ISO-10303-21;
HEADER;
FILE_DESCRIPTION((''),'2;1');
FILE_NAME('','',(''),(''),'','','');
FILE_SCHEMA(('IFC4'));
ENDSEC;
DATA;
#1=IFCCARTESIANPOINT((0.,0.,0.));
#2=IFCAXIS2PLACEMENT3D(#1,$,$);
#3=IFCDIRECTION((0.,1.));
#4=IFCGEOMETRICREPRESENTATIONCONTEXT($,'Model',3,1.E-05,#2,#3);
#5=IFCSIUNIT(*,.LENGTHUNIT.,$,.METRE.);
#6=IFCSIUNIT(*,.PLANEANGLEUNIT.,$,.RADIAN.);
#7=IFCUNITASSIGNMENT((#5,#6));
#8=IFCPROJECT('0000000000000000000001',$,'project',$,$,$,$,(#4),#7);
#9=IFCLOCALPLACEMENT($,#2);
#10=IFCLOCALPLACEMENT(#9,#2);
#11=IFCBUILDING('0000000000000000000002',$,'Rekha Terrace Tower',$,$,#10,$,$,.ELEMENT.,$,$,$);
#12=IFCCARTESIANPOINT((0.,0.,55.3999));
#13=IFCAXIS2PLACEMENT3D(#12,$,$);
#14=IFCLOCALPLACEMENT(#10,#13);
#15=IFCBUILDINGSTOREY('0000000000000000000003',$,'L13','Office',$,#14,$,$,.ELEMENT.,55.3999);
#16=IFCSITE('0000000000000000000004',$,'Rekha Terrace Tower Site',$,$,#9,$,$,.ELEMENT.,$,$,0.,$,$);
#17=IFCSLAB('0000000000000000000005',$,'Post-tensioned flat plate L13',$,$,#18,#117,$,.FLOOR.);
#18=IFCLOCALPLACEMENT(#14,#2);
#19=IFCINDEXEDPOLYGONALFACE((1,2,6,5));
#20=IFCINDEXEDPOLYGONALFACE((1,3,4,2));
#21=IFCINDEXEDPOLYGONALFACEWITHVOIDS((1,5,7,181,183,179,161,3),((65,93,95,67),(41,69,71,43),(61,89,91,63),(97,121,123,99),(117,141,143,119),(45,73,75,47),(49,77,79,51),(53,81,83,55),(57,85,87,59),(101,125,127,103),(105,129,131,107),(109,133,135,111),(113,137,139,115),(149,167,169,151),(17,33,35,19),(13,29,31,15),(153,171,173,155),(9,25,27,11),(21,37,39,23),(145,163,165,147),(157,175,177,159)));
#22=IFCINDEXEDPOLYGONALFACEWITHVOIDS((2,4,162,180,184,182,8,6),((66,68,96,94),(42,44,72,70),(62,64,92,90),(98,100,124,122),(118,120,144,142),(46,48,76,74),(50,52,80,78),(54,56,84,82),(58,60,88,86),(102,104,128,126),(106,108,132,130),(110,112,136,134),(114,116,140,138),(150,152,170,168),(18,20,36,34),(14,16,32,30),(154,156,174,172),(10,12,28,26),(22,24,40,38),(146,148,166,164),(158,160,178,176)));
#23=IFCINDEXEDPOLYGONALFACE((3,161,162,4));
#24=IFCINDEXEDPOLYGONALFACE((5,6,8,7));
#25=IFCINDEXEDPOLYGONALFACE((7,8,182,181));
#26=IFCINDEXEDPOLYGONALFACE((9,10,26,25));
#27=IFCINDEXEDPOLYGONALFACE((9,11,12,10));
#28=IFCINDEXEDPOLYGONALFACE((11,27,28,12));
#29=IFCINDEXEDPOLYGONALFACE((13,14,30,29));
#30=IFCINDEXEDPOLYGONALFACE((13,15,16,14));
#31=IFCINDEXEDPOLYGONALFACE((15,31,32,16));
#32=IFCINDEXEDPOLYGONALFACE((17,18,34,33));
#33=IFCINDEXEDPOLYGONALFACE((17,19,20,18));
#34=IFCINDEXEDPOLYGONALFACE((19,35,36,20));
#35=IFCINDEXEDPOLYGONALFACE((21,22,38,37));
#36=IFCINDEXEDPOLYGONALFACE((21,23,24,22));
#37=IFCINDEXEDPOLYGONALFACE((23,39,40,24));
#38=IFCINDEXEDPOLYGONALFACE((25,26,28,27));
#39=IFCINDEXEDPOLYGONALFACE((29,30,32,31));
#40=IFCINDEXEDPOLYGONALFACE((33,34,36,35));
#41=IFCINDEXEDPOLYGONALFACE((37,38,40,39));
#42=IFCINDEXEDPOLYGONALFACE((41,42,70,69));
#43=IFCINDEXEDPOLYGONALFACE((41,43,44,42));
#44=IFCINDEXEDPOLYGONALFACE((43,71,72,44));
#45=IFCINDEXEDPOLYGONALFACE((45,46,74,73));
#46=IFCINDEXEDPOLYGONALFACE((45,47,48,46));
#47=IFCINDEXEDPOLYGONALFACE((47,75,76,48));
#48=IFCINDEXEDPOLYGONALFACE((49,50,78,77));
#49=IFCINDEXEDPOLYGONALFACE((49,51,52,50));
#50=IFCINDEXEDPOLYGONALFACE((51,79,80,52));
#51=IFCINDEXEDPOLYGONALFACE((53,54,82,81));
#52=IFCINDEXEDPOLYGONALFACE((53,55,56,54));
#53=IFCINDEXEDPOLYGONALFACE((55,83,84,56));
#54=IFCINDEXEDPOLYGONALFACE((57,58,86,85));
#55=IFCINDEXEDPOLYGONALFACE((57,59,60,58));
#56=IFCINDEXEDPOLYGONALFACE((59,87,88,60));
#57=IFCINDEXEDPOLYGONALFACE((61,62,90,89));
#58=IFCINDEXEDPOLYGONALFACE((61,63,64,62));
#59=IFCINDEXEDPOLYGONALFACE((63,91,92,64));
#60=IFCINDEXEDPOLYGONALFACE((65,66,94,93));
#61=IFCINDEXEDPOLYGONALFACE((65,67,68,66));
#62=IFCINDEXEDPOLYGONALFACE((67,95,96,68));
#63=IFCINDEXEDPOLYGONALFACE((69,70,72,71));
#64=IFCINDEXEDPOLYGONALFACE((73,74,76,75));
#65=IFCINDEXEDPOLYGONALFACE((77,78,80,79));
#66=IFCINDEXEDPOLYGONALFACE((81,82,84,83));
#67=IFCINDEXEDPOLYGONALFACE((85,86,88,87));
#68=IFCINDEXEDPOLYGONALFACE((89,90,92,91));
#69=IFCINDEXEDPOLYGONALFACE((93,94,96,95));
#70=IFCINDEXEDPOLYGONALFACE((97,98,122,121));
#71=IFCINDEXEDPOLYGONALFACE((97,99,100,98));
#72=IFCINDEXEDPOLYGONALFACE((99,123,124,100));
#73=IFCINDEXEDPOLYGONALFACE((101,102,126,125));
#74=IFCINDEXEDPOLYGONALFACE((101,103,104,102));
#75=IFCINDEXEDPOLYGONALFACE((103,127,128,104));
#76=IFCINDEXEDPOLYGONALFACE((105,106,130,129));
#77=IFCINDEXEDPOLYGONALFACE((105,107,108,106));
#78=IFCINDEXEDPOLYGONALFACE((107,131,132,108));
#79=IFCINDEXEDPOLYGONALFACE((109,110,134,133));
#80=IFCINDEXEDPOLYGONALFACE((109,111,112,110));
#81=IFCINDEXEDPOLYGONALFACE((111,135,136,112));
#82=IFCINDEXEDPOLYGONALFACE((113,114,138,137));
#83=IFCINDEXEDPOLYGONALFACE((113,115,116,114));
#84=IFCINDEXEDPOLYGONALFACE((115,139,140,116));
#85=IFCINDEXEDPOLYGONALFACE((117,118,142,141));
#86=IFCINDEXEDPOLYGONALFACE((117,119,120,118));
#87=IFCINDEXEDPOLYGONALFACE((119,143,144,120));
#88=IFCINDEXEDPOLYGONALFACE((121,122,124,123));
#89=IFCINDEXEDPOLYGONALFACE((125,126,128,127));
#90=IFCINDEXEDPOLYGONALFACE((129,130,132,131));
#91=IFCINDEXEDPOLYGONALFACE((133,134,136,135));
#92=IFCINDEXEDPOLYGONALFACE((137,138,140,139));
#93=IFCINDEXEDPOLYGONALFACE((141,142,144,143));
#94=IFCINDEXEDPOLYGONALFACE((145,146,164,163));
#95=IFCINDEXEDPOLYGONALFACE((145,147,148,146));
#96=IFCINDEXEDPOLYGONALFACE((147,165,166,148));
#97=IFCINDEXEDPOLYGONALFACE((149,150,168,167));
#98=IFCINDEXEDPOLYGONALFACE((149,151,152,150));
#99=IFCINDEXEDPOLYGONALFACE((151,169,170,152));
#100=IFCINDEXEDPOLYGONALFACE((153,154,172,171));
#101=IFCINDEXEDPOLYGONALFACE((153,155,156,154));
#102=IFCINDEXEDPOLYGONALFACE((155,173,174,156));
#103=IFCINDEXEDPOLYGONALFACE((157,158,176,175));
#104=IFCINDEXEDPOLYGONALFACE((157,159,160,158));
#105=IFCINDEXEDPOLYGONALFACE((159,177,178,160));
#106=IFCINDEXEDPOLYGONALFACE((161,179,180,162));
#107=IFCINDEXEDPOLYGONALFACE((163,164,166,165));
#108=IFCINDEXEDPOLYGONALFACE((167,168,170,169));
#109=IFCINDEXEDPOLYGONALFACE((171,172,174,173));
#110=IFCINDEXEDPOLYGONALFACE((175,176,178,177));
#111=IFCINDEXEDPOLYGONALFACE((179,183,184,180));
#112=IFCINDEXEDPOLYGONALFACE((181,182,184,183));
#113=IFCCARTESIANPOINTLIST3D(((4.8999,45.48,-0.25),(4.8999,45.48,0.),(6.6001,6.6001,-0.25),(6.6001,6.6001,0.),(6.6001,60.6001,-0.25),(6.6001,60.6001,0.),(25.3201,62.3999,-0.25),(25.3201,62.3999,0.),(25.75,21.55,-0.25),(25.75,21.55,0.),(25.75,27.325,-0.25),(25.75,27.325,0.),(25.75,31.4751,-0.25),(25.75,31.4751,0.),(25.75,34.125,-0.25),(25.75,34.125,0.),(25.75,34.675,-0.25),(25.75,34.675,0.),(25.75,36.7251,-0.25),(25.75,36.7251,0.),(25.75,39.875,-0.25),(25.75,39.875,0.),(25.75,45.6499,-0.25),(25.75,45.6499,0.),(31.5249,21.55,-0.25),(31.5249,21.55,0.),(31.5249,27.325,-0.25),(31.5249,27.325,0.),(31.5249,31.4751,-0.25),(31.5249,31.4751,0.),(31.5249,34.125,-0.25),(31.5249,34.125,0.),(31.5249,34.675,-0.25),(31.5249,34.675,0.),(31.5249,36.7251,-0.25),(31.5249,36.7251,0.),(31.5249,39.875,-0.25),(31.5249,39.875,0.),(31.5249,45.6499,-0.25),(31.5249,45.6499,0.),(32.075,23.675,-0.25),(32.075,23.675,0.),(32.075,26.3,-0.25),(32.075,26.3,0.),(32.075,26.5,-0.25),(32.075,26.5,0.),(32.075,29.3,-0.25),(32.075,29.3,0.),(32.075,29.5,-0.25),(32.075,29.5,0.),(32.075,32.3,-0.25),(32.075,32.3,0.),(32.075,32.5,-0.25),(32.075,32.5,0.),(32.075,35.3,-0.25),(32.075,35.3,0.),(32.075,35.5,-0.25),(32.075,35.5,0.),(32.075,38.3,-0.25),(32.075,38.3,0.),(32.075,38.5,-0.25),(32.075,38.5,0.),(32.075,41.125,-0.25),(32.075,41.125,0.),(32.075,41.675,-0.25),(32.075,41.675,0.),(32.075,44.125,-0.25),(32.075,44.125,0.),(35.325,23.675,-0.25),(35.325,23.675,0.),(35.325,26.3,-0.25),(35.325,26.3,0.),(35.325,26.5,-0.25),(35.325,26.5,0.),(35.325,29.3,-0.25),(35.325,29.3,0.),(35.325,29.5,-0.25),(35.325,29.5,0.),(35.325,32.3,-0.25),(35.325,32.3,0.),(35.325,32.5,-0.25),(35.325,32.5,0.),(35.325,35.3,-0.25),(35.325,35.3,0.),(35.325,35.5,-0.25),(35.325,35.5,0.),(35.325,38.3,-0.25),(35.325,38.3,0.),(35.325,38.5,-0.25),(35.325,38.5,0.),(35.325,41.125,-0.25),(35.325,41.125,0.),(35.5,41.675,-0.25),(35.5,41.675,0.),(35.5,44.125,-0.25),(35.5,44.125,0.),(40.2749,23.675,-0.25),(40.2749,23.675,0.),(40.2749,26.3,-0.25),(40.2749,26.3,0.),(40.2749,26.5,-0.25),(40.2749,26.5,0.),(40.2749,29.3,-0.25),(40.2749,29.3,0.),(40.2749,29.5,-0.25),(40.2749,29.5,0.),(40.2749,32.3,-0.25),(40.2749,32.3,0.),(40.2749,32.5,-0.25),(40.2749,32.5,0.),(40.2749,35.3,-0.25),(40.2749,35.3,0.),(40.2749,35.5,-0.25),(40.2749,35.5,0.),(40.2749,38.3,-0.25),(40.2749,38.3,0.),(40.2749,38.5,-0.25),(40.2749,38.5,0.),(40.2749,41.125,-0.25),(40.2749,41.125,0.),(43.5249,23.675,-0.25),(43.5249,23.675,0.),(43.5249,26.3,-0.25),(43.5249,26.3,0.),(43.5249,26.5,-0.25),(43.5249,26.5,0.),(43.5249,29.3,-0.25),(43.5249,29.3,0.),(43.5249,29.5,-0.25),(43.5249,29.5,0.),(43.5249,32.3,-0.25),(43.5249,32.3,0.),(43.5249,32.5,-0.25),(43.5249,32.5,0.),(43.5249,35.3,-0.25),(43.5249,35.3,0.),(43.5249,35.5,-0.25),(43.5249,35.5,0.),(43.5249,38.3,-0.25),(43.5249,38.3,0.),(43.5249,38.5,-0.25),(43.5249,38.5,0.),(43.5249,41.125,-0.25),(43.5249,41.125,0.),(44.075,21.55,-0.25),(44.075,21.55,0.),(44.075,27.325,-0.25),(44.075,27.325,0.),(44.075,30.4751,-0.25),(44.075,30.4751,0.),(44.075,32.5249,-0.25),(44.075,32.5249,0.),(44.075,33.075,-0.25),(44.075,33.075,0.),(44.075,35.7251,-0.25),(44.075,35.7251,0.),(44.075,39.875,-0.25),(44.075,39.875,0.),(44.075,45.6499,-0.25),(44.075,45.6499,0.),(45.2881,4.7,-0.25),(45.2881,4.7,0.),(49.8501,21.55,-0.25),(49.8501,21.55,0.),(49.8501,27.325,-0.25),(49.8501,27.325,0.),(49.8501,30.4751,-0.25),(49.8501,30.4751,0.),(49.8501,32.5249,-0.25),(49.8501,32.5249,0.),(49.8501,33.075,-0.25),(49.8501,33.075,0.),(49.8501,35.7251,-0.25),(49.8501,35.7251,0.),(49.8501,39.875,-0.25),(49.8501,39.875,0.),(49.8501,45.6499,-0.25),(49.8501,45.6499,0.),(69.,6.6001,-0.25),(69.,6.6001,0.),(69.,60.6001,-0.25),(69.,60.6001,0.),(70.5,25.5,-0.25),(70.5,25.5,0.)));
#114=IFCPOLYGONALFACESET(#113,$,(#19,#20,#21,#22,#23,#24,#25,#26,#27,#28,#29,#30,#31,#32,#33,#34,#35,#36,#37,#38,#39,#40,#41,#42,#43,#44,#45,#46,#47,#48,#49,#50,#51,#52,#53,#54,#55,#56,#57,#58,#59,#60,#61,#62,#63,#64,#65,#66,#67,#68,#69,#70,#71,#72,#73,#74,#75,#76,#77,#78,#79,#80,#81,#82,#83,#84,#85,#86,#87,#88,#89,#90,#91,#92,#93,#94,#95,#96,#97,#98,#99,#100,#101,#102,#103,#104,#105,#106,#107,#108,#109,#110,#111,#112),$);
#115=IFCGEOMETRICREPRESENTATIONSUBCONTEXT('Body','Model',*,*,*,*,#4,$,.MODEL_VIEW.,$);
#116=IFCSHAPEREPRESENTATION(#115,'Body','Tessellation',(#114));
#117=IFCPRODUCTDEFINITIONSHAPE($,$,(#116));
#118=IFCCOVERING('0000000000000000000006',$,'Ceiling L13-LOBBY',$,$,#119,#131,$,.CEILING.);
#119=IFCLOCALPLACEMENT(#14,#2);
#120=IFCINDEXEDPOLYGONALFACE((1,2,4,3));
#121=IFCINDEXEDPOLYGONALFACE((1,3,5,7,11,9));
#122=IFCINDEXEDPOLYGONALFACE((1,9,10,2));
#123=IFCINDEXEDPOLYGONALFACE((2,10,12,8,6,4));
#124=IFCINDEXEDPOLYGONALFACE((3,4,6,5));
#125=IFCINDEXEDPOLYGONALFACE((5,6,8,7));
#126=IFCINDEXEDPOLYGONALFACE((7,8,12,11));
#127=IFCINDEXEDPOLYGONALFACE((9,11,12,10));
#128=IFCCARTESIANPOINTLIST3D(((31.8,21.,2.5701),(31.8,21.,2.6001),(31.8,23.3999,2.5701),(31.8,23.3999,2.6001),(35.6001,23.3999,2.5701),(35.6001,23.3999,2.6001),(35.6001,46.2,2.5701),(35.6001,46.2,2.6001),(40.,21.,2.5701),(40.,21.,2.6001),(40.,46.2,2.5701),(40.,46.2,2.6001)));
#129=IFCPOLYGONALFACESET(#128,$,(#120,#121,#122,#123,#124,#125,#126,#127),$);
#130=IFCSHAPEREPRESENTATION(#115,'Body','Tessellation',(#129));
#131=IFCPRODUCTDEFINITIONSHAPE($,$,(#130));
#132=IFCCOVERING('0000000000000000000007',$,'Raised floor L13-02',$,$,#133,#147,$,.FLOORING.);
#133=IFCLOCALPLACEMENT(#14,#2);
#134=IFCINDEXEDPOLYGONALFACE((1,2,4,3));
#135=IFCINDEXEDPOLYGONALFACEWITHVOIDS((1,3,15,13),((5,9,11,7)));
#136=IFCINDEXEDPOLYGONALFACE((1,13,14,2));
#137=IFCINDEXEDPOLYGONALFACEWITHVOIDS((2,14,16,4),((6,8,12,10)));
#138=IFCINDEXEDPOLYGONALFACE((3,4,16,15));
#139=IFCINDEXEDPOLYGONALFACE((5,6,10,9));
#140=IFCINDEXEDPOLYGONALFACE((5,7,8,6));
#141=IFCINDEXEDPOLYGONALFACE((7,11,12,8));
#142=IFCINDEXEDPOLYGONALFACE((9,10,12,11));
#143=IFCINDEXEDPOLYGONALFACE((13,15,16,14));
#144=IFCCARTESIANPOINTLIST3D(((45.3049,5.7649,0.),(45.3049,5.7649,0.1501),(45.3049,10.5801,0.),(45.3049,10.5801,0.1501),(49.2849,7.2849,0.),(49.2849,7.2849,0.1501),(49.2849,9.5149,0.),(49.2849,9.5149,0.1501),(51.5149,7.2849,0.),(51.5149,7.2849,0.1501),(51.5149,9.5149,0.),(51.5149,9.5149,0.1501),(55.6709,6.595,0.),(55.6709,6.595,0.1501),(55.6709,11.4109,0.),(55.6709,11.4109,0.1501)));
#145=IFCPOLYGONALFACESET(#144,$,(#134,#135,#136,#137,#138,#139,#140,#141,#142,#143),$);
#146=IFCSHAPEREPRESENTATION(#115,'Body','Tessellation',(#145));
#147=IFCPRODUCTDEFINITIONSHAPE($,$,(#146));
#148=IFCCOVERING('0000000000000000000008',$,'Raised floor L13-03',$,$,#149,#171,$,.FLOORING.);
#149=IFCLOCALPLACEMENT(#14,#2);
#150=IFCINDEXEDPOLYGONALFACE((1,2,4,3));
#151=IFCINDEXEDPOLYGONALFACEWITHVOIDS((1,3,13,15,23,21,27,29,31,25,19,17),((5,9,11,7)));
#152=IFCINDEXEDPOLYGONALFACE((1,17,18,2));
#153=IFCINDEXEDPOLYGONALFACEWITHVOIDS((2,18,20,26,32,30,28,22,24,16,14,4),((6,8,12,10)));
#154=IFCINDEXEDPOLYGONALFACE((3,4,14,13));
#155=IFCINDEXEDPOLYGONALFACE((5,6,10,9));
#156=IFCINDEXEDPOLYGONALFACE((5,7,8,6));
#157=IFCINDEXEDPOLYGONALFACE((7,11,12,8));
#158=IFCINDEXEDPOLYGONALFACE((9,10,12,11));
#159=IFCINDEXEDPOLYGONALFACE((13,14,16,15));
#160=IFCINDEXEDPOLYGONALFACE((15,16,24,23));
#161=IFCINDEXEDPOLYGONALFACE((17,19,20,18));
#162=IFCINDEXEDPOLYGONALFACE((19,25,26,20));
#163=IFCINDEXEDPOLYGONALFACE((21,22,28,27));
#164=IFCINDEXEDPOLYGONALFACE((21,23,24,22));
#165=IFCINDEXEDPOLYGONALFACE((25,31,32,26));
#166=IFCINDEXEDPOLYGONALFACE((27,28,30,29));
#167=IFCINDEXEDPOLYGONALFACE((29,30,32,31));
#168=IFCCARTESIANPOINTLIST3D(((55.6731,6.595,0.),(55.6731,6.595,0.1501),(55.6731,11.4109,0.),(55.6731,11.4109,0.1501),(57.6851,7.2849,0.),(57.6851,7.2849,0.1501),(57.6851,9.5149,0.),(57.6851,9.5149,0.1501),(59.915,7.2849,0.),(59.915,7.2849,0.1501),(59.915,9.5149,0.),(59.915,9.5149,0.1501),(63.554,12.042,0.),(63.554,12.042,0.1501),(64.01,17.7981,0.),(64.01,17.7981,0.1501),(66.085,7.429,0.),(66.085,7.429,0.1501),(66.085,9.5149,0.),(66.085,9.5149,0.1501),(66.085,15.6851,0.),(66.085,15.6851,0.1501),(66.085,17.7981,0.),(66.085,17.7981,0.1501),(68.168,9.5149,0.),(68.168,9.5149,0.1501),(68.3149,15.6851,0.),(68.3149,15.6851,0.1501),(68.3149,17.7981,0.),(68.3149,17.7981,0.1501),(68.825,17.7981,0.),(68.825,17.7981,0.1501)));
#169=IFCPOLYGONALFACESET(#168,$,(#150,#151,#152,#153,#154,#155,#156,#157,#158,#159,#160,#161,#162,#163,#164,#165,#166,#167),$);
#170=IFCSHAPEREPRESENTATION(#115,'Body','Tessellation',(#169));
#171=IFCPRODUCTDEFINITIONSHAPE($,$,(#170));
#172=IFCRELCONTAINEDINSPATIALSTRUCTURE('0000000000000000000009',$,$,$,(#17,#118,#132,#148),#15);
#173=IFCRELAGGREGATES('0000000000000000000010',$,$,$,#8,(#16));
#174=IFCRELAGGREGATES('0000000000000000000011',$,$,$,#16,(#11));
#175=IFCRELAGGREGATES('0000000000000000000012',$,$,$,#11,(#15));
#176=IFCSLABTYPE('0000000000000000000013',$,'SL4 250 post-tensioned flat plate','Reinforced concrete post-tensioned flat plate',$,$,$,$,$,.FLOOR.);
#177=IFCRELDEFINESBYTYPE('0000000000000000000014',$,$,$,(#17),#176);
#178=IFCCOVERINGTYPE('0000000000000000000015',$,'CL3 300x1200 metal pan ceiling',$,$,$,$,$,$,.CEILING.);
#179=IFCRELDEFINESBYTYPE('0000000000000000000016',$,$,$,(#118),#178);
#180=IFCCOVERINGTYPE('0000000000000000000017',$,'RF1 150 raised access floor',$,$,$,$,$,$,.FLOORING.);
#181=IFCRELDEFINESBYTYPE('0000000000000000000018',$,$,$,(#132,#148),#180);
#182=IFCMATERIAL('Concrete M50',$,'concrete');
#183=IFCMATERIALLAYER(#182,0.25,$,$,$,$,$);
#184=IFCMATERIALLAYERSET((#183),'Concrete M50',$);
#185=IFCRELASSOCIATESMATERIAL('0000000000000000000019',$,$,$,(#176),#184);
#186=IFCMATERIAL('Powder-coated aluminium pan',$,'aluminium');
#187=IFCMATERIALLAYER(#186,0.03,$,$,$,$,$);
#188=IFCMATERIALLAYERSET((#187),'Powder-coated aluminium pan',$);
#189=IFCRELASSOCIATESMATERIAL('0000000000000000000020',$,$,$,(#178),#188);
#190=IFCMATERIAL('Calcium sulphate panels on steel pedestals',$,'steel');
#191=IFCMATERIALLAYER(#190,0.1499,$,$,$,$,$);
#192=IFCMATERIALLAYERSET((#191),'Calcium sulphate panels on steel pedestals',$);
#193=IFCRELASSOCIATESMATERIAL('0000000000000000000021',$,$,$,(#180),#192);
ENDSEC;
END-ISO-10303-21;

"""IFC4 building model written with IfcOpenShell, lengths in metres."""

from ifc_helpers import new_model, si_unit, direction, frame, origin, place, context, subcontext, project, spatial, polyline, outline, extrude, material, layer, layer_set, type_object, element, save


model = new_model("IFC4")

# Units and contexts
model_context = context("Model", 3, precision=1e-05, world=origin(), true_north=direction((0.0, 1.0)))
body_context = subcontext(model_context, "Body", "Model", "MODEL_VIEW")
ifc_project = project(units=[si_unit("LENGTHUNIT", "METRE"), si_unit("PLANEANGLEUNIT", "RADIAN")], contexts=[model_context])

# Site, building, storey
site_placement = place(None, origin())
site = spatial("IfcSite", under=ifc_project, at=site_placement, Name="Rekha Terrace Tower Site", CompositionType="ELEMENT", RefElevation=0.0)
building_placement = place(site_placement, origin())
building = spatial("IfcBuilding", under=site, at=building_placement, Name="Rekha Terrace Tower", CompositionType="ELEMENT")
storey_placement = place(building_placement, frame((0.0, 0.0, 55.3999)))
storey = spatial("IfcBuildingStorey", under=building, at=storey_placement, Name="L13", Description="Office", CompositionType="ELEMENT", Elevation=55.3999)

# Slab
ifc_material_1 = material(Name="Concrete M50", Category="concrete")
ifc_layer_1 = layer(ifc_material_1, 0.25)
ifc_layer_set_1 = layer_set([ifc_layer_1], Name="Concrete M50")
slab_type_1 = type_object("IfcSlabType", Name="SL4 250 post-tensioned flat plate", Description="Reinforced concrete post-tensioned flat plate", PredefinedType="FLOOR", material=ifc_layer_set_1)
slab_1_placement = place(storey_placement, frame((0.0, 0.0, -0.25)))
element("IfcSlab", 1, at=slab_1_placement, inside=storey, type_object=slab_type_1, Name="Post-tensioned flat plate L13", PredefinedType="FLOOR", context=body_context, shape_type="SweptSolid", body=[
    extrude(outline(polyline([(4.8999, 45.48), (6.6001, 6.6001), (45.2881, 4.7), (69.0, 6.6001), (70.5, 25.5), (69.0, 60.6001), (25.3201, 62.3999), (6.6001, 60.6001), (4.8999, 45.48)]), holes=[polyline([(31.5249, 27.325), (31.5249, 21.55), (25.75, 21.55), (25.75, 27.325), (31.5249, 27.325)]), polyline([(35.325, 26.3), (35.325, 23.675), (32.075, 23.675), (32.075, 26.3), (35.325, 26.3)]), polyline([(35.325, 29.3), (35.325, 26.5), (32.075, 26.5), (32.075, 29.3), (35.325, 29.3)]), polyline([(35.325, 29.5), (32.075, 29.5), (32.075, 32.3), (35.325, 32.3), (35.325, 29.5)]), polyline([(31.5249, 31.4751), (25.75, 31.4751), (25.75, 34.125), (31.5249, 34.125), (31.5249, 31.4751)]), polyline([(35.325, 35.3), (35.325, 32.5), (32.075, 32.5), (32.075, 35.3), (35.325, 35.3)]), polyline([(31.5249, 36.7251), (31.5249, 34.675), (25.75, 34.675), (25.75, 36.7251), (31.5249, 36.7251)]), polyline([(35.325, 38.3), (35.325, 35.5), (32.075, 35.5), (32.075, 38.3), (35.325, 38.3)]), polyline([(35.325, 38.5), (32.075, 38.5), (32.075, 41.125), (35.325, 41.125), (35.325, 38.5)]), polyline([(31.5249, 39.875), (25.75, 39.875), (25.75, 45.6499), (31.5249, 45.6499), (31.5249, 39.875)]), polyline([(35.5, 44.125), (35.5, 41.675), (32.075, 41.675), (32.075, 44.125), (35.5, 44.125)]), polyline([(49.8501, 27.325), (49.8501, 21.55), (44.075, 21.55), (44.075, 27.325), (49.8501, 27.325)]), polyline([(43.5249, 26.3), (43.5249, 23.675), (40.2749, 23.675), (40.2749, 26.3), (43.5249, 26.3)]), polyline([(43.5249, 26.5), (40.2749, 26.5), (40.2749, 29.3), (43.5249, 29.3), (43.5249, 26.5)]), polyline([(43.5249, 29.5), (40.2749, 29.5), (40.2749, 32.3), (43.5249, 32.3), (43.5249, 29.5)]), polyline([(49.8501, 32.5249), (49.8501, 30.4751), (44.075, 30.4751), (44.075, 32.5249), (49.8501, 32.5249)]), polyline([(43.5249, 32.5), (40.2749, 32.5), (40.2749, 35.3), (43.5249, 35.3), (43.5249, 32.5)]), polyline([(49.8501, 33.075), (44.075, 33.075), (44.075, 35.7251), (49.8501, 35.7251), (49.8501, 33.075)]), polyline([(43.5249, 38.3), (43.5249, 35.5), (40.2749, 35.5), (40.2749, 38.3), (43.5249, 38.3)]), polyline([(43.5249, 38.5), (40.2749, 38.5), (40.2749, 41.125), (43.5249, 41.125), (43.5249, 38.5)]), polyline([(49.8501, 39.875), (44.075, 39.875), (44.075, 45.6499), (49.8501, 45.6499), (49.8501, 39.875)])]), origin(), (0.0, 0.0, 1.0), 0.25),
])

# Coverings
ifc_material_2 = material(Name="Powder-coated aluminium pan", Category="aluminium")
ifc_layer_2 = layer(ifc_material_2, 0.03)
ifc_layer_set_2 = layer_set([ifc_layer_2], Name="Powder-coated aluminium pan")
covering_type_1 = type_object("IfcCoveringType", Name="CL3 300x1200 metal pan ceiling", PredefinedType="CEILING", material=ifc_layer_set_2)
covering_1_placement = place(storey_placement, frame((0.0, 0.0, 2.5701)))
element("IfcCovering", 2, at=covering_1_placement, inside=storey, type_object=covering_type_1, Name="Ceiling L13-LOBBY", PredefinedType="CEILING", context=body_context, shape_type="SweptSolid", body=[
    extrude(outline(polyline([(35.6001, 46.2), (35.6001, 23.3999), (31.8, 23.3999), (31.8, 21.0), (40.0, 21.0), (40.0, 46.2), (35.6001, 46.2)])), origin(), (0.0, 0.0, 1.0), 0.03),
])
ifc_material_3 = material(Name="Calcium sulphate panels on steel pedestals", Category="steel")
ifc_layer_3 = layer(ifc_material_3, 0.1499)
ifc_layer_set_3 = layer_set([ifc_layer_3], Name="Calcium sulphate panels on steel pedestals")
covering_type_2 = type_object("IfcCoveringType", Name="RF1 150 raised access floor", PredefinedType="FLOORING", material=ifc_layer_set_3)
covering_2_placement = place(storey_placement, origin())
element("IfcCovering", 3, at=covering_2_placement, inside=storey, type_object=covering_type_2, Name="Raised floor L13-02", PredefinedType="FLOORING", context=body_context, shape_type="SweptSolid", body=[
    extrude(outline(polyline([(55.6709, 6.595), (55.6709, 11.4109), (45.3049, 10.5801), (45.3049, 5.7649), (55.6709, 6.595)]), holes=[polyline([(51.5149, 7.2849), (49.2849, 7.2849), (49.2849, 9.5149), (51.5149, 9.5149), (51.5149, 7.2849)])]), origin(), (0.0, 0.0, 1.0), 0.1501),
])
covering_3_placement = place(storey_placement, origin())
element("IfcCovering", 4, at=covering_3_placement, inside=storey, type_object=covering_type_2, Name="Raised floor L13-03", PredefinedType="FLOORING", context=body_context, shape_type="SweptSolid", body=[
    extrude(outline(polyline([(63.554, 12.042), (55.6731, 11.4109), (55.6731, 6.595), (66.085, 7.429), (66.085, 9.5149), (68.168, 9.5149), (68.825, 17.7981), (68.3149, 17.7981), (68.3149, 15.6851), (66.085, 15.6851), (66.085, 17.7981), (64.01, 17.7981), (63.554, 12.042)]), holes=[polyline([(59.915, 7.2849), (57.6851, 7.2849), (57.6851, 9.5149), (59.915, 9.5149), (59.915, 7.2849)])]), origin(), (0.0, 0.0, 1.0), 0.1501),
])

save(model, "model.ifc")
